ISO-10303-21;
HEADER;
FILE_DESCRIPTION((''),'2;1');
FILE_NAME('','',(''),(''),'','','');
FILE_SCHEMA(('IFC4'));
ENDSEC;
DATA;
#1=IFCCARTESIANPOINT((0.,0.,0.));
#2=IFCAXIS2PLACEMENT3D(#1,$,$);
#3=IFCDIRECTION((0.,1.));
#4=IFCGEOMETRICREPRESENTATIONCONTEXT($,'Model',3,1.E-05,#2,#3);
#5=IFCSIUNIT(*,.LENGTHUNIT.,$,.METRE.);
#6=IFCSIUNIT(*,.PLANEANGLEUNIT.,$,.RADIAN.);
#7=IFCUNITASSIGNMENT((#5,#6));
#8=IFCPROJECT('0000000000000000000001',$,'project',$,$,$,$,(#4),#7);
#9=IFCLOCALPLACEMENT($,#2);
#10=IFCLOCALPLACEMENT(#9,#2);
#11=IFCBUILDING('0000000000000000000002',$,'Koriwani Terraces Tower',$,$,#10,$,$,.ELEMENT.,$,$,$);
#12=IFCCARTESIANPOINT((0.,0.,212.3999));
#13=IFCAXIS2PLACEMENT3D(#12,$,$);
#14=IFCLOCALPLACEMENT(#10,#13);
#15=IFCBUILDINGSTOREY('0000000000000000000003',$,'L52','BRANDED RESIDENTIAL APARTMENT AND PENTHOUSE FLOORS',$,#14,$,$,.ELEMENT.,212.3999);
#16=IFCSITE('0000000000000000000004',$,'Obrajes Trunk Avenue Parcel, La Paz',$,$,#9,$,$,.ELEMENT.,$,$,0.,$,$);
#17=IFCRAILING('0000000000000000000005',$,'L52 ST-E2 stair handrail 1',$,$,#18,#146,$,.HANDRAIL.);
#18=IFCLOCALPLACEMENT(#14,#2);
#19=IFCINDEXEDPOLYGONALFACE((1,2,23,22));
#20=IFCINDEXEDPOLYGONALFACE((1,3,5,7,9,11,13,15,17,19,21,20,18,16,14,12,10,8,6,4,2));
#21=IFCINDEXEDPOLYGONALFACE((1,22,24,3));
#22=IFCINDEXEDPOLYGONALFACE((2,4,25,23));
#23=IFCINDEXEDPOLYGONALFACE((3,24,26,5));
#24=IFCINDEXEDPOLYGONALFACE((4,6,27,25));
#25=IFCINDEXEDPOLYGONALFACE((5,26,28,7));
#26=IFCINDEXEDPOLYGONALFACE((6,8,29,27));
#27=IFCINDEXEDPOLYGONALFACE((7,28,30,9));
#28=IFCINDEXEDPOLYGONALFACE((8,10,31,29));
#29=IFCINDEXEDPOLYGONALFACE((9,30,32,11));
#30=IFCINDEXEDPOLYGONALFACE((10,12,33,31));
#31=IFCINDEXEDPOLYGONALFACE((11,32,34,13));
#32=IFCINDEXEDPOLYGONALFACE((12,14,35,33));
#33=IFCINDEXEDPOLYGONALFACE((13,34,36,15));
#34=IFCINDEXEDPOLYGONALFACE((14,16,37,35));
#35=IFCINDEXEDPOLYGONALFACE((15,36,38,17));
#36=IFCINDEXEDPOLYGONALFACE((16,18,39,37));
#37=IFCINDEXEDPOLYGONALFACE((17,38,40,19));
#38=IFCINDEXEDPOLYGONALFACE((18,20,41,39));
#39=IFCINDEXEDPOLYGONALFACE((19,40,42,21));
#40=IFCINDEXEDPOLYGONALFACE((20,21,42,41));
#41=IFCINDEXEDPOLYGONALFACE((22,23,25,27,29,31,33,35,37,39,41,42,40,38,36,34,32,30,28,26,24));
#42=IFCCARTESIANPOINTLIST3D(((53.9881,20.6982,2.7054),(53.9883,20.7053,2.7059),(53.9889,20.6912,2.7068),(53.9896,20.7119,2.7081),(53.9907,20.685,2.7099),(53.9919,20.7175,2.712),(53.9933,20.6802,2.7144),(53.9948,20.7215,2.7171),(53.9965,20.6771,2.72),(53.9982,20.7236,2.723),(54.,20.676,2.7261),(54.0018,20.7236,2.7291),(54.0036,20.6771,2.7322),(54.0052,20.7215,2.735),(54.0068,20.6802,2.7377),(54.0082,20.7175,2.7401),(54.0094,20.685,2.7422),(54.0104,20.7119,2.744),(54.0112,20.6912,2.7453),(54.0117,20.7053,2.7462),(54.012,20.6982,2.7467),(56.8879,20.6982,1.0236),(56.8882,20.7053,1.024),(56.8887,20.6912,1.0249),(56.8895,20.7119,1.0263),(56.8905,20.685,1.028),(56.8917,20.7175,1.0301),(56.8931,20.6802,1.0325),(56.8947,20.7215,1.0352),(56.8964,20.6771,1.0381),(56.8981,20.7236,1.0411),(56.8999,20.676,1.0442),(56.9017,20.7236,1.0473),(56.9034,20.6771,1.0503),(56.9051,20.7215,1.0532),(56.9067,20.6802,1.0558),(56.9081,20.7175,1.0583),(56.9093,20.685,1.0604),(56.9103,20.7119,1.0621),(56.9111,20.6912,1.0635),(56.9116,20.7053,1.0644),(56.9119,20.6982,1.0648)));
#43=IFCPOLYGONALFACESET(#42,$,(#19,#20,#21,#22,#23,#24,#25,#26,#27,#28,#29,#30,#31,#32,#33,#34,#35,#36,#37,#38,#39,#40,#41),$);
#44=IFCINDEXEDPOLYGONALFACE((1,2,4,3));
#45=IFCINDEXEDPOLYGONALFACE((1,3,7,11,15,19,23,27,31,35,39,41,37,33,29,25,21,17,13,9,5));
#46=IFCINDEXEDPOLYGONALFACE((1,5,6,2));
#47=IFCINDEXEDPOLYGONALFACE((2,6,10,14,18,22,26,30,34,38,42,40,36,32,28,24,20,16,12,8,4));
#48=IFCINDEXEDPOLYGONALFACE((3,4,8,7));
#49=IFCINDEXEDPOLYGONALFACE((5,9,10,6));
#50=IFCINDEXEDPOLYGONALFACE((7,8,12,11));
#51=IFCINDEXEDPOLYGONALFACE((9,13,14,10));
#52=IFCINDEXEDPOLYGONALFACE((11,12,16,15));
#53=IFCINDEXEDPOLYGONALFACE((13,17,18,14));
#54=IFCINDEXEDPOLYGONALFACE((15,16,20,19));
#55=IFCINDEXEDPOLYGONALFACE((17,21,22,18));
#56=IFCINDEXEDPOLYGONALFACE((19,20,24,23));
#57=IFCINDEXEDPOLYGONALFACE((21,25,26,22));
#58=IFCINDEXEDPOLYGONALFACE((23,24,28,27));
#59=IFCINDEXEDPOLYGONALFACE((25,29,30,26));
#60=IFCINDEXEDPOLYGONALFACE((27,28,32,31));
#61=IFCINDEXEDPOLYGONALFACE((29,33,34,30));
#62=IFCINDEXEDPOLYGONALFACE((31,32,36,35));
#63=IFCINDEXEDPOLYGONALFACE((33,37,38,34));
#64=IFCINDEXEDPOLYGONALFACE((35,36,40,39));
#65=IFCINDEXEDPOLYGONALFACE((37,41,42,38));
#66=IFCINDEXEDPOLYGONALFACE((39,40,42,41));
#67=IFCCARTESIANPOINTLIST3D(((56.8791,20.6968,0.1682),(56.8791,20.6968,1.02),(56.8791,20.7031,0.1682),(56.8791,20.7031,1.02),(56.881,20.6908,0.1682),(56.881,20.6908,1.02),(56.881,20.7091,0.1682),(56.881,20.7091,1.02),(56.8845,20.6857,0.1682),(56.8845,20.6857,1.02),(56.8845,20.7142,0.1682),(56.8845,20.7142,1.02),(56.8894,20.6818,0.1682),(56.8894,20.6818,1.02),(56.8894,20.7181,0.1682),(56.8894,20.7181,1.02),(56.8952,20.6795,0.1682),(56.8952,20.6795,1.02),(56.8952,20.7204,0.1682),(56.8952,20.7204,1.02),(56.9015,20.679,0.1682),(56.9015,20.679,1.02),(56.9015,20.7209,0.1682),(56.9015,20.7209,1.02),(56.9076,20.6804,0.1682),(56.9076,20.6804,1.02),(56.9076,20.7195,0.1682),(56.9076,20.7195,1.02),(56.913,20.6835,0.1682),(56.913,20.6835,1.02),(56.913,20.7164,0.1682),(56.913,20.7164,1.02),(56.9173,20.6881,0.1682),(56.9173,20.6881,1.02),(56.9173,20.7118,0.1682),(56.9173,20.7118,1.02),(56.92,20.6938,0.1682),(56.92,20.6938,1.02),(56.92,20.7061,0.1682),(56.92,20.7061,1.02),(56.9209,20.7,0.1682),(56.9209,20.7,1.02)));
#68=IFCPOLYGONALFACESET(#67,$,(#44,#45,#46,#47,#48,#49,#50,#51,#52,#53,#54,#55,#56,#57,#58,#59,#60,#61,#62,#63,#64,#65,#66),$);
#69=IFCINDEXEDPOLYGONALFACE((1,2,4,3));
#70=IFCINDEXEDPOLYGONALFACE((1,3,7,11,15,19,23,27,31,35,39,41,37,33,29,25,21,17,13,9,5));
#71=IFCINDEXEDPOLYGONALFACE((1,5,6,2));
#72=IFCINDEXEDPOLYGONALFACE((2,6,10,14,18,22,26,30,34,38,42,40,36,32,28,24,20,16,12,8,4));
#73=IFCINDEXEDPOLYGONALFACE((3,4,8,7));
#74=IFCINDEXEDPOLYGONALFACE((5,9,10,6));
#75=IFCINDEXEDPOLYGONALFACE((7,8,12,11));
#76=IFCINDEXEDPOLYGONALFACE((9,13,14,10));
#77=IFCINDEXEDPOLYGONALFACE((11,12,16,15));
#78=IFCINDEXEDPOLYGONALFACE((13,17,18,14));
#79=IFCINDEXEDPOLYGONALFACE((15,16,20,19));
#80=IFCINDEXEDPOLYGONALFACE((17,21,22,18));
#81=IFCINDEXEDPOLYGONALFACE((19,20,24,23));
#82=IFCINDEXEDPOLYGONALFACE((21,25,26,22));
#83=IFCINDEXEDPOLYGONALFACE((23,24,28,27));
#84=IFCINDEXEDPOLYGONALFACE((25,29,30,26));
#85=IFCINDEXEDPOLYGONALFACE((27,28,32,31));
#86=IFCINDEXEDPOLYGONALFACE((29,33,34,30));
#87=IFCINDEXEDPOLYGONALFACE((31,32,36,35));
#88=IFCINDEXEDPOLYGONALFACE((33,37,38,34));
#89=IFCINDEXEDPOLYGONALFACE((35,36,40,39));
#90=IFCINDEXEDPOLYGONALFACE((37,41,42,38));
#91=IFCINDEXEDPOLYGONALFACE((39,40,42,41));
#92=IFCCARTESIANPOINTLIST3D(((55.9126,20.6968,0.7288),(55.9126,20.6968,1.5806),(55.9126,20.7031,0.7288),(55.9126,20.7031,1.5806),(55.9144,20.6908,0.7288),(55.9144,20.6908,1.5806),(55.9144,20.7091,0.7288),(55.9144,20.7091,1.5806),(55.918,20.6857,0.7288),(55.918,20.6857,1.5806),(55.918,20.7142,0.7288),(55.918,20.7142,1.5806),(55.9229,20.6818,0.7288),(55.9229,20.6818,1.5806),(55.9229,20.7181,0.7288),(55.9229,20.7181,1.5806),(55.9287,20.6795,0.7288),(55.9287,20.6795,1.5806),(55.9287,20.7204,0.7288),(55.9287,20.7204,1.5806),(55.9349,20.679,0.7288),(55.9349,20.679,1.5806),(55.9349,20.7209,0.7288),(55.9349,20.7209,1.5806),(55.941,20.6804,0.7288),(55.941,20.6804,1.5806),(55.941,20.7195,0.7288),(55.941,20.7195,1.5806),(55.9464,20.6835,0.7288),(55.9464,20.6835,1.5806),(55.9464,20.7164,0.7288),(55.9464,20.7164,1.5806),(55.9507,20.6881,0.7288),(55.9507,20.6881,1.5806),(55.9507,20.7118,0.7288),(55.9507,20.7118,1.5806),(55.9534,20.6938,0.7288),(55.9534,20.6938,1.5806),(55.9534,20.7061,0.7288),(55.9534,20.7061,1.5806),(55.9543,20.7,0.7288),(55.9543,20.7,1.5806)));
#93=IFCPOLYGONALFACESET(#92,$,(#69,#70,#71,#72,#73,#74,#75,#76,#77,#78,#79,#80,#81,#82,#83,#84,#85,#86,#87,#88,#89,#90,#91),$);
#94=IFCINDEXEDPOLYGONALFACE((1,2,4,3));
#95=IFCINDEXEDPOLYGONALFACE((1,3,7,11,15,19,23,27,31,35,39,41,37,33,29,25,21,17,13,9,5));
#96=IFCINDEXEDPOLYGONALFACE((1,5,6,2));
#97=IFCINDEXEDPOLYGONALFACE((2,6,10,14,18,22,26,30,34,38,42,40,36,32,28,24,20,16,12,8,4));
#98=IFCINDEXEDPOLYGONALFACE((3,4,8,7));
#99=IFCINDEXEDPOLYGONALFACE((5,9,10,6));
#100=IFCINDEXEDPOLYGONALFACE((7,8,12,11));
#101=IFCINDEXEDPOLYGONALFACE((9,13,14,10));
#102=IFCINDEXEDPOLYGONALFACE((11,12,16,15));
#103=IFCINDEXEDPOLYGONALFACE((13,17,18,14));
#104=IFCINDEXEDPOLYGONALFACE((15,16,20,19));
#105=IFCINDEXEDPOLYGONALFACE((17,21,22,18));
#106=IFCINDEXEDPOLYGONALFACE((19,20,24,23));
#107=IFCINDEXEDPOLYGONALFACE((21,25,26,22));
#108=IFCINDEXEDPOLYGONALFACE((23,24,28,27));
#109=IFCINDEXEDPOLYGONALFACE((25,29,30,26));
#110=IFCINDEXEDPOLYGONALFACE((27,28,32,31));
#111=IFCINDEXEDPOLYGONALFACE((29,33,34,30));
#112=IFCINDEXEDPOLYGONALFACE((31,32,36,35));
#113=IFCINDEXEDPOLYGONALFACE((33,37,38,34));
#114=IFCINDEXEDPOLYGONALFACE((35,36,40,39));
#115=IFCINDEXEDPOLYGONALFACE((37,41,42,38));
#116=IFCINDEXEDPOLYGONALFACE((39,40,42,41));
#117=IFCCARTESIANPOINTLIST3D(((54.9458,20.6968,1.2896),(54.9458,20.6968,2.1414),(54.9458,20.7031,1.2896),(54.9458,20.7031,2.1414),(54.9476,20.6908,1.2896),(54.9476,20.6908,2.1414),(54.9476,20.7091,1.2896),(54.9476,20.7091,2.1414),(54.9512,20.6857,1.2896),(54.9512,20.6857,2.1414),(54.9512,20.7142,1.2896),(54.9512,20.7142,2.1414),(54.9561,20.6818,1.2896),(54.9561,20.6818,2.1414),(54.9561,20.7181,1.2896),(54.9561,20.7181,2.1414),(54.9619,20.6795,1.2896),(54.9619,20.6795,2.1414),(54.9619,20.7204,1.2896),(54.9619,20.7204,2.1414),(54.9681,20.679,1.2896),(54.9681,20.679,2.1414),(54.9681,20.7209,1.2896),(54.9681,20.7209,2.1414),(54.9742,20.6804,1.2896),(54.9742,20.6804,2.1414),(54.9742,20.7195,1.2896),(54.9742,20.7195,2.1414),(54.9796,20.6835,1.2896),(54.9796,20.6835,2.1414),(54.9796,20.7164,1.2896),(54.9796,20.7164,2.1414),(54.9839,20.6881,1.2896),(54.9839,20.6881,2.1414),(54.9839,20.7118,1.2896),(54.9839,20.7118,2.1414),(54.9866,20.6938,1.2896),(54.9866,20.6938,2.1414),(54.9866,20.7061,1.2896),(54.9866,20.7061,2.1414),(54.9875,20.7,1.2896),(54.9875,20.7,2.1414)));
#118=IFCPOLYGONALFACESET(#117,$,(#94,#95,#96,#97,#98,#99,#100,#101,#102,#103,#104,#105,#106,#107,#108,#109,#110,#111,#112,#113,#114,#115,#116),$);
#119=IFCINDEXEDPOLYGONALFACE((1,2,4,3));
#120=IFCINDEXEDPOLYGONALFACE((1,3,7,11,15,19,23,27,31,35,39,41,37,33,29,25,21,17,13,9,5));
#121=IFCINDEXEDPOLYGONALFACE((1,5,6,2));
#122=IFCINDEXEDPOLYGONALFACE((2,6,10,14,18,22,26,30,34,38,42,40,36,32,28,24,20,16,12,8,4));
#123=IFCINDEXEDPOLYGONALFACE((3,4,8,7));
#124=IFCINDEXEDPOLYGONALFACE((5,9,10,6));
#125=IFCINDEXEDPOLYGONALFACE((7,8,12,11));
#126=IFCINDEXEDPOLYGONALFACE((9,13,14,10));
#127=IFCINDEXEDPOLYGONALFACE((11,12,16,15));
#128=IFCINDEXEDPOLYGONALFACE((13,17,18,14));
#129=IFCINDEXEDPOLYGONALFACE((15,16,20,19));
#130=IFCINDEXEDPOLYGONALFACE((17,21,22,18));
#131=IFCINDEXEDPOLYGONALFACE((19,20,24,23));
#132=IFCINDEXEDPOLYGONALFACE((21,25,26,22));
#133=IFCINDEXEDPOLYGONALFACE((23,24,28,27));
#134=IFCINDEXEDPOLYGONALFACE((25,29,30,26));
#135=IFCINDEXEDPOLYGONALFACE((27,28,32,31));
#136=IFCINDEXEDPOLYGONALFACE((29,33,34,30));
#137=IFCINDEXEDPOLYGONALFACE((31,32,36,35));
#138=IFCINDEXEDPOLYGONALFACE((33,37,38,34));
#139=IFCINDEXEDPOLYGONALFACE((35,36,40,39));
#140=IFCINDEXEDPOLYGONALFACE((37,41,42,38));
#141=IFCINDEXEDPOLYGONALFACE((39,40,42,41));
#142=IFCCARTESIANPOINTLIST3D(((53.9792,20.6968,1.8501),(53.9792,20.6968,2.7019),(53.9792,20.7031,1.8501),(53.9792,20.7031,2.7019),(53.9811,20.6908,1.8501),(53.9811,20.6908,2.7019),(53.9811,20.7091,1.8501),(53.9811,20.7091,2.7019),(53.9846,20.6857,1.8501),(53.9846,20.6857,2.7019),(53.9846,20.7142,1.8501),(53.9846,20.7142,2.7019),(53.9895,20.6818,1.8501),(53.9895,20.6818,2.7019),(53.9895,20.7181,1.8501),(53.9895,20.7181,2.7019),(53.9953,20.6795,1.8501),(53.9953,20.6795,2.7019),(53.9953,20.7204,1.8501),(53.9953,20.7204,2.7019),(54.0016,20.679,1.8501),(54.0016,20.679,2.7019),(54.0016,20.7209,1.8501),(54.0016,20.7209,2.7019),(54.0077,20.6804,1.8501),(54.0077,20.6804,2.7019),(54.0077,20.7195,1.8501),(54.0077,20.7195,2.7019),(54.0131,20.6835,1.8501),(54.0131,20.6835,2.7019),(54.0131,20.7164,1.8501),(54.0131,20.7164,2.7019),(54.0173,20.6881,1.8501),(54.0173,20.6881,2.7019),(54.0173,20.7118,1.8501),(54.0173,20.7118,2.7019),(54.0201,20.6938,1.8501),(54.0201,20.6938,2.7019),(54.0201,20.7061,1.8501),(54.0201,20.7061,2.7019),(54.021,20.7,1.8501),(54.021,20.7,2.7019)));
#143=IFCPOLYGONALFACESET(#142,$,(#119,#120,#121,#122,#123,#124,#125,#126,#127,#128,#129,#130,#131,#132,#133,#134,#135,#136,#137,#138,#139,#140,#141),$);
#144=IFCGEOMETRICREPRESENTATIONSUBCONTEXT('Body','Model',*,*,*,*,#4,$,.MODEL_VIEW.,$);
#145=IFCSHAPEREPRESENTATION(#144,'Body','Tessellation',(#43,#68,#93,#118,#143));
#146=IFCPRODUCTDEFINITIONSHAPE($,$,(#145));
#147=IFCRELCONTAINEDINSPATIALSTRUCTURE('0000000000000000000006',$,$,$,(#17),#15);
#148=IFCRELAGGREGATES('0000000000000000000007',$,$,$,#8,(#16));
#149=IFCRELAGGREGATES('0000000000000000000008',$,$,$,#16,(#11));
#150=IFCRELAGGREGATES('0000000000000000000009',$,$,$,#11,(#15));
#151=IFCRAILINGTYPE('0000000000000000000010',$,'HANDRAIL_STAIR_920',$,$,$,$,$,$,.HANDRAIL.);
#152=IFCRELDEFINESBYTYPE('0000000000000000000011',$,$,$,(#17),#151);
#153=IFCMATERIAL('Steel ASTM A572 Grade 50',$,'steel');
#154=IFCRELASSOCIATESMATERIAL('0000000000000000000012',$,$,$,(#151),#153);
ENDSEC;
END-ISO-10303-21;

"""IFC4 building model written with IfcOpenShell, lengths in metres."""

from ifc_helpers import new_model, si_unit, direction, frame, origin, origin_2d, place, context, subcontext, project, spatial, circle, extrude, material, type_object, element, save


model = new_model("IFC4")

# Units and contexts
model_context = context("Model", 3, precision=1e-05, world=origin(), true_north=direction((0.0, 1.0)))
body_context = subcontext(model_context, "Body", "Model", "MODEL_VIEW")
ifc_project = project(units=[si_unit("LENGTHUNIT", "METRE"), si_unit("PLANEANGLEUNIT", "RADIAN")], contexts=[model_context])

# Site, building, storey
site_placement = place(None, origin())
site = spatial("IfcSite", under=ifc_project, at=site_placement, Name="Obrajes Trunk Avenue Parcel, La Paz", CompositionType="ELEMENT", RefElevation=0.0)
building_placement = place(site_placement, origin())
building = spatial("IfcBuilding", under=site, at=building_placement, Name="Koriwani Terraces Tower", CompositionType="ELEMENT")
storey_placement = place(building_placement, frame((0.0, 0.0, 212.3999)))
storey = spatial("IfcBuildingStorey", under=building, at=storey_placement, Name="L52", Description="BRANDED RESIDENTIAL APARTMENT AND PENTHOUSE FLOORS", CompositionType="ELEMENT", Elevation=212.3999)

# Railing
ifc_material_1 = material(Name="Steel ASTM A572 Grade 50", Category="steel")
railing_type_1 = type_object("IfcRailingType", Name="HANDRAIL_STAIR_920", PredefinedType="HANDRAIL", material=ifc_material_1)
railing_1_placement = place(storey_placement, frame((56.8999, 20.7, 0.1682)))
element("IfcRailing", 1, at=railing_1_placement, inside=storey, type_object=railing_type_1, Name="L52 ST-E2 stair handrail 1", PredefinedType="HANDRAIL", context=body_context, shape_type="SweptSolid", body=[
    extrude(circle(Radius=0.0239, at=origin_2d()), frame((0.0, 0.0, 0.876), z_axis=(-0.865039, 0.0, 0.501705), x_axis=(0.0, -1.0, 0.0)), (0.0, 0.0, 1.0), 3.3523),
    extrude(circle(Radius=0.021, at=origin_2d()), origin(), (0.0, 0.0, 1.0), 0.8518),
    extrude(circle(Radius=0.021, at=origin_2d()), frame((-0.9666, 0.0, 0.5605)), (0.0, 0.0, 1.0), 0.8518),
    extrude(circle(Radius=0.021, at=origin_2d()), frame((-1.9333, 0.0, 1.1213)), (0.0, 0.0, 1.0), 0.8518),
    extrude(circle(Radius=0.021, at=origin_2d()), frame((-2.8999, 0.0, 1.6819)), (0.0, 0.0, 1.0), 0.8518),
])

save(model, "model.ifc")
